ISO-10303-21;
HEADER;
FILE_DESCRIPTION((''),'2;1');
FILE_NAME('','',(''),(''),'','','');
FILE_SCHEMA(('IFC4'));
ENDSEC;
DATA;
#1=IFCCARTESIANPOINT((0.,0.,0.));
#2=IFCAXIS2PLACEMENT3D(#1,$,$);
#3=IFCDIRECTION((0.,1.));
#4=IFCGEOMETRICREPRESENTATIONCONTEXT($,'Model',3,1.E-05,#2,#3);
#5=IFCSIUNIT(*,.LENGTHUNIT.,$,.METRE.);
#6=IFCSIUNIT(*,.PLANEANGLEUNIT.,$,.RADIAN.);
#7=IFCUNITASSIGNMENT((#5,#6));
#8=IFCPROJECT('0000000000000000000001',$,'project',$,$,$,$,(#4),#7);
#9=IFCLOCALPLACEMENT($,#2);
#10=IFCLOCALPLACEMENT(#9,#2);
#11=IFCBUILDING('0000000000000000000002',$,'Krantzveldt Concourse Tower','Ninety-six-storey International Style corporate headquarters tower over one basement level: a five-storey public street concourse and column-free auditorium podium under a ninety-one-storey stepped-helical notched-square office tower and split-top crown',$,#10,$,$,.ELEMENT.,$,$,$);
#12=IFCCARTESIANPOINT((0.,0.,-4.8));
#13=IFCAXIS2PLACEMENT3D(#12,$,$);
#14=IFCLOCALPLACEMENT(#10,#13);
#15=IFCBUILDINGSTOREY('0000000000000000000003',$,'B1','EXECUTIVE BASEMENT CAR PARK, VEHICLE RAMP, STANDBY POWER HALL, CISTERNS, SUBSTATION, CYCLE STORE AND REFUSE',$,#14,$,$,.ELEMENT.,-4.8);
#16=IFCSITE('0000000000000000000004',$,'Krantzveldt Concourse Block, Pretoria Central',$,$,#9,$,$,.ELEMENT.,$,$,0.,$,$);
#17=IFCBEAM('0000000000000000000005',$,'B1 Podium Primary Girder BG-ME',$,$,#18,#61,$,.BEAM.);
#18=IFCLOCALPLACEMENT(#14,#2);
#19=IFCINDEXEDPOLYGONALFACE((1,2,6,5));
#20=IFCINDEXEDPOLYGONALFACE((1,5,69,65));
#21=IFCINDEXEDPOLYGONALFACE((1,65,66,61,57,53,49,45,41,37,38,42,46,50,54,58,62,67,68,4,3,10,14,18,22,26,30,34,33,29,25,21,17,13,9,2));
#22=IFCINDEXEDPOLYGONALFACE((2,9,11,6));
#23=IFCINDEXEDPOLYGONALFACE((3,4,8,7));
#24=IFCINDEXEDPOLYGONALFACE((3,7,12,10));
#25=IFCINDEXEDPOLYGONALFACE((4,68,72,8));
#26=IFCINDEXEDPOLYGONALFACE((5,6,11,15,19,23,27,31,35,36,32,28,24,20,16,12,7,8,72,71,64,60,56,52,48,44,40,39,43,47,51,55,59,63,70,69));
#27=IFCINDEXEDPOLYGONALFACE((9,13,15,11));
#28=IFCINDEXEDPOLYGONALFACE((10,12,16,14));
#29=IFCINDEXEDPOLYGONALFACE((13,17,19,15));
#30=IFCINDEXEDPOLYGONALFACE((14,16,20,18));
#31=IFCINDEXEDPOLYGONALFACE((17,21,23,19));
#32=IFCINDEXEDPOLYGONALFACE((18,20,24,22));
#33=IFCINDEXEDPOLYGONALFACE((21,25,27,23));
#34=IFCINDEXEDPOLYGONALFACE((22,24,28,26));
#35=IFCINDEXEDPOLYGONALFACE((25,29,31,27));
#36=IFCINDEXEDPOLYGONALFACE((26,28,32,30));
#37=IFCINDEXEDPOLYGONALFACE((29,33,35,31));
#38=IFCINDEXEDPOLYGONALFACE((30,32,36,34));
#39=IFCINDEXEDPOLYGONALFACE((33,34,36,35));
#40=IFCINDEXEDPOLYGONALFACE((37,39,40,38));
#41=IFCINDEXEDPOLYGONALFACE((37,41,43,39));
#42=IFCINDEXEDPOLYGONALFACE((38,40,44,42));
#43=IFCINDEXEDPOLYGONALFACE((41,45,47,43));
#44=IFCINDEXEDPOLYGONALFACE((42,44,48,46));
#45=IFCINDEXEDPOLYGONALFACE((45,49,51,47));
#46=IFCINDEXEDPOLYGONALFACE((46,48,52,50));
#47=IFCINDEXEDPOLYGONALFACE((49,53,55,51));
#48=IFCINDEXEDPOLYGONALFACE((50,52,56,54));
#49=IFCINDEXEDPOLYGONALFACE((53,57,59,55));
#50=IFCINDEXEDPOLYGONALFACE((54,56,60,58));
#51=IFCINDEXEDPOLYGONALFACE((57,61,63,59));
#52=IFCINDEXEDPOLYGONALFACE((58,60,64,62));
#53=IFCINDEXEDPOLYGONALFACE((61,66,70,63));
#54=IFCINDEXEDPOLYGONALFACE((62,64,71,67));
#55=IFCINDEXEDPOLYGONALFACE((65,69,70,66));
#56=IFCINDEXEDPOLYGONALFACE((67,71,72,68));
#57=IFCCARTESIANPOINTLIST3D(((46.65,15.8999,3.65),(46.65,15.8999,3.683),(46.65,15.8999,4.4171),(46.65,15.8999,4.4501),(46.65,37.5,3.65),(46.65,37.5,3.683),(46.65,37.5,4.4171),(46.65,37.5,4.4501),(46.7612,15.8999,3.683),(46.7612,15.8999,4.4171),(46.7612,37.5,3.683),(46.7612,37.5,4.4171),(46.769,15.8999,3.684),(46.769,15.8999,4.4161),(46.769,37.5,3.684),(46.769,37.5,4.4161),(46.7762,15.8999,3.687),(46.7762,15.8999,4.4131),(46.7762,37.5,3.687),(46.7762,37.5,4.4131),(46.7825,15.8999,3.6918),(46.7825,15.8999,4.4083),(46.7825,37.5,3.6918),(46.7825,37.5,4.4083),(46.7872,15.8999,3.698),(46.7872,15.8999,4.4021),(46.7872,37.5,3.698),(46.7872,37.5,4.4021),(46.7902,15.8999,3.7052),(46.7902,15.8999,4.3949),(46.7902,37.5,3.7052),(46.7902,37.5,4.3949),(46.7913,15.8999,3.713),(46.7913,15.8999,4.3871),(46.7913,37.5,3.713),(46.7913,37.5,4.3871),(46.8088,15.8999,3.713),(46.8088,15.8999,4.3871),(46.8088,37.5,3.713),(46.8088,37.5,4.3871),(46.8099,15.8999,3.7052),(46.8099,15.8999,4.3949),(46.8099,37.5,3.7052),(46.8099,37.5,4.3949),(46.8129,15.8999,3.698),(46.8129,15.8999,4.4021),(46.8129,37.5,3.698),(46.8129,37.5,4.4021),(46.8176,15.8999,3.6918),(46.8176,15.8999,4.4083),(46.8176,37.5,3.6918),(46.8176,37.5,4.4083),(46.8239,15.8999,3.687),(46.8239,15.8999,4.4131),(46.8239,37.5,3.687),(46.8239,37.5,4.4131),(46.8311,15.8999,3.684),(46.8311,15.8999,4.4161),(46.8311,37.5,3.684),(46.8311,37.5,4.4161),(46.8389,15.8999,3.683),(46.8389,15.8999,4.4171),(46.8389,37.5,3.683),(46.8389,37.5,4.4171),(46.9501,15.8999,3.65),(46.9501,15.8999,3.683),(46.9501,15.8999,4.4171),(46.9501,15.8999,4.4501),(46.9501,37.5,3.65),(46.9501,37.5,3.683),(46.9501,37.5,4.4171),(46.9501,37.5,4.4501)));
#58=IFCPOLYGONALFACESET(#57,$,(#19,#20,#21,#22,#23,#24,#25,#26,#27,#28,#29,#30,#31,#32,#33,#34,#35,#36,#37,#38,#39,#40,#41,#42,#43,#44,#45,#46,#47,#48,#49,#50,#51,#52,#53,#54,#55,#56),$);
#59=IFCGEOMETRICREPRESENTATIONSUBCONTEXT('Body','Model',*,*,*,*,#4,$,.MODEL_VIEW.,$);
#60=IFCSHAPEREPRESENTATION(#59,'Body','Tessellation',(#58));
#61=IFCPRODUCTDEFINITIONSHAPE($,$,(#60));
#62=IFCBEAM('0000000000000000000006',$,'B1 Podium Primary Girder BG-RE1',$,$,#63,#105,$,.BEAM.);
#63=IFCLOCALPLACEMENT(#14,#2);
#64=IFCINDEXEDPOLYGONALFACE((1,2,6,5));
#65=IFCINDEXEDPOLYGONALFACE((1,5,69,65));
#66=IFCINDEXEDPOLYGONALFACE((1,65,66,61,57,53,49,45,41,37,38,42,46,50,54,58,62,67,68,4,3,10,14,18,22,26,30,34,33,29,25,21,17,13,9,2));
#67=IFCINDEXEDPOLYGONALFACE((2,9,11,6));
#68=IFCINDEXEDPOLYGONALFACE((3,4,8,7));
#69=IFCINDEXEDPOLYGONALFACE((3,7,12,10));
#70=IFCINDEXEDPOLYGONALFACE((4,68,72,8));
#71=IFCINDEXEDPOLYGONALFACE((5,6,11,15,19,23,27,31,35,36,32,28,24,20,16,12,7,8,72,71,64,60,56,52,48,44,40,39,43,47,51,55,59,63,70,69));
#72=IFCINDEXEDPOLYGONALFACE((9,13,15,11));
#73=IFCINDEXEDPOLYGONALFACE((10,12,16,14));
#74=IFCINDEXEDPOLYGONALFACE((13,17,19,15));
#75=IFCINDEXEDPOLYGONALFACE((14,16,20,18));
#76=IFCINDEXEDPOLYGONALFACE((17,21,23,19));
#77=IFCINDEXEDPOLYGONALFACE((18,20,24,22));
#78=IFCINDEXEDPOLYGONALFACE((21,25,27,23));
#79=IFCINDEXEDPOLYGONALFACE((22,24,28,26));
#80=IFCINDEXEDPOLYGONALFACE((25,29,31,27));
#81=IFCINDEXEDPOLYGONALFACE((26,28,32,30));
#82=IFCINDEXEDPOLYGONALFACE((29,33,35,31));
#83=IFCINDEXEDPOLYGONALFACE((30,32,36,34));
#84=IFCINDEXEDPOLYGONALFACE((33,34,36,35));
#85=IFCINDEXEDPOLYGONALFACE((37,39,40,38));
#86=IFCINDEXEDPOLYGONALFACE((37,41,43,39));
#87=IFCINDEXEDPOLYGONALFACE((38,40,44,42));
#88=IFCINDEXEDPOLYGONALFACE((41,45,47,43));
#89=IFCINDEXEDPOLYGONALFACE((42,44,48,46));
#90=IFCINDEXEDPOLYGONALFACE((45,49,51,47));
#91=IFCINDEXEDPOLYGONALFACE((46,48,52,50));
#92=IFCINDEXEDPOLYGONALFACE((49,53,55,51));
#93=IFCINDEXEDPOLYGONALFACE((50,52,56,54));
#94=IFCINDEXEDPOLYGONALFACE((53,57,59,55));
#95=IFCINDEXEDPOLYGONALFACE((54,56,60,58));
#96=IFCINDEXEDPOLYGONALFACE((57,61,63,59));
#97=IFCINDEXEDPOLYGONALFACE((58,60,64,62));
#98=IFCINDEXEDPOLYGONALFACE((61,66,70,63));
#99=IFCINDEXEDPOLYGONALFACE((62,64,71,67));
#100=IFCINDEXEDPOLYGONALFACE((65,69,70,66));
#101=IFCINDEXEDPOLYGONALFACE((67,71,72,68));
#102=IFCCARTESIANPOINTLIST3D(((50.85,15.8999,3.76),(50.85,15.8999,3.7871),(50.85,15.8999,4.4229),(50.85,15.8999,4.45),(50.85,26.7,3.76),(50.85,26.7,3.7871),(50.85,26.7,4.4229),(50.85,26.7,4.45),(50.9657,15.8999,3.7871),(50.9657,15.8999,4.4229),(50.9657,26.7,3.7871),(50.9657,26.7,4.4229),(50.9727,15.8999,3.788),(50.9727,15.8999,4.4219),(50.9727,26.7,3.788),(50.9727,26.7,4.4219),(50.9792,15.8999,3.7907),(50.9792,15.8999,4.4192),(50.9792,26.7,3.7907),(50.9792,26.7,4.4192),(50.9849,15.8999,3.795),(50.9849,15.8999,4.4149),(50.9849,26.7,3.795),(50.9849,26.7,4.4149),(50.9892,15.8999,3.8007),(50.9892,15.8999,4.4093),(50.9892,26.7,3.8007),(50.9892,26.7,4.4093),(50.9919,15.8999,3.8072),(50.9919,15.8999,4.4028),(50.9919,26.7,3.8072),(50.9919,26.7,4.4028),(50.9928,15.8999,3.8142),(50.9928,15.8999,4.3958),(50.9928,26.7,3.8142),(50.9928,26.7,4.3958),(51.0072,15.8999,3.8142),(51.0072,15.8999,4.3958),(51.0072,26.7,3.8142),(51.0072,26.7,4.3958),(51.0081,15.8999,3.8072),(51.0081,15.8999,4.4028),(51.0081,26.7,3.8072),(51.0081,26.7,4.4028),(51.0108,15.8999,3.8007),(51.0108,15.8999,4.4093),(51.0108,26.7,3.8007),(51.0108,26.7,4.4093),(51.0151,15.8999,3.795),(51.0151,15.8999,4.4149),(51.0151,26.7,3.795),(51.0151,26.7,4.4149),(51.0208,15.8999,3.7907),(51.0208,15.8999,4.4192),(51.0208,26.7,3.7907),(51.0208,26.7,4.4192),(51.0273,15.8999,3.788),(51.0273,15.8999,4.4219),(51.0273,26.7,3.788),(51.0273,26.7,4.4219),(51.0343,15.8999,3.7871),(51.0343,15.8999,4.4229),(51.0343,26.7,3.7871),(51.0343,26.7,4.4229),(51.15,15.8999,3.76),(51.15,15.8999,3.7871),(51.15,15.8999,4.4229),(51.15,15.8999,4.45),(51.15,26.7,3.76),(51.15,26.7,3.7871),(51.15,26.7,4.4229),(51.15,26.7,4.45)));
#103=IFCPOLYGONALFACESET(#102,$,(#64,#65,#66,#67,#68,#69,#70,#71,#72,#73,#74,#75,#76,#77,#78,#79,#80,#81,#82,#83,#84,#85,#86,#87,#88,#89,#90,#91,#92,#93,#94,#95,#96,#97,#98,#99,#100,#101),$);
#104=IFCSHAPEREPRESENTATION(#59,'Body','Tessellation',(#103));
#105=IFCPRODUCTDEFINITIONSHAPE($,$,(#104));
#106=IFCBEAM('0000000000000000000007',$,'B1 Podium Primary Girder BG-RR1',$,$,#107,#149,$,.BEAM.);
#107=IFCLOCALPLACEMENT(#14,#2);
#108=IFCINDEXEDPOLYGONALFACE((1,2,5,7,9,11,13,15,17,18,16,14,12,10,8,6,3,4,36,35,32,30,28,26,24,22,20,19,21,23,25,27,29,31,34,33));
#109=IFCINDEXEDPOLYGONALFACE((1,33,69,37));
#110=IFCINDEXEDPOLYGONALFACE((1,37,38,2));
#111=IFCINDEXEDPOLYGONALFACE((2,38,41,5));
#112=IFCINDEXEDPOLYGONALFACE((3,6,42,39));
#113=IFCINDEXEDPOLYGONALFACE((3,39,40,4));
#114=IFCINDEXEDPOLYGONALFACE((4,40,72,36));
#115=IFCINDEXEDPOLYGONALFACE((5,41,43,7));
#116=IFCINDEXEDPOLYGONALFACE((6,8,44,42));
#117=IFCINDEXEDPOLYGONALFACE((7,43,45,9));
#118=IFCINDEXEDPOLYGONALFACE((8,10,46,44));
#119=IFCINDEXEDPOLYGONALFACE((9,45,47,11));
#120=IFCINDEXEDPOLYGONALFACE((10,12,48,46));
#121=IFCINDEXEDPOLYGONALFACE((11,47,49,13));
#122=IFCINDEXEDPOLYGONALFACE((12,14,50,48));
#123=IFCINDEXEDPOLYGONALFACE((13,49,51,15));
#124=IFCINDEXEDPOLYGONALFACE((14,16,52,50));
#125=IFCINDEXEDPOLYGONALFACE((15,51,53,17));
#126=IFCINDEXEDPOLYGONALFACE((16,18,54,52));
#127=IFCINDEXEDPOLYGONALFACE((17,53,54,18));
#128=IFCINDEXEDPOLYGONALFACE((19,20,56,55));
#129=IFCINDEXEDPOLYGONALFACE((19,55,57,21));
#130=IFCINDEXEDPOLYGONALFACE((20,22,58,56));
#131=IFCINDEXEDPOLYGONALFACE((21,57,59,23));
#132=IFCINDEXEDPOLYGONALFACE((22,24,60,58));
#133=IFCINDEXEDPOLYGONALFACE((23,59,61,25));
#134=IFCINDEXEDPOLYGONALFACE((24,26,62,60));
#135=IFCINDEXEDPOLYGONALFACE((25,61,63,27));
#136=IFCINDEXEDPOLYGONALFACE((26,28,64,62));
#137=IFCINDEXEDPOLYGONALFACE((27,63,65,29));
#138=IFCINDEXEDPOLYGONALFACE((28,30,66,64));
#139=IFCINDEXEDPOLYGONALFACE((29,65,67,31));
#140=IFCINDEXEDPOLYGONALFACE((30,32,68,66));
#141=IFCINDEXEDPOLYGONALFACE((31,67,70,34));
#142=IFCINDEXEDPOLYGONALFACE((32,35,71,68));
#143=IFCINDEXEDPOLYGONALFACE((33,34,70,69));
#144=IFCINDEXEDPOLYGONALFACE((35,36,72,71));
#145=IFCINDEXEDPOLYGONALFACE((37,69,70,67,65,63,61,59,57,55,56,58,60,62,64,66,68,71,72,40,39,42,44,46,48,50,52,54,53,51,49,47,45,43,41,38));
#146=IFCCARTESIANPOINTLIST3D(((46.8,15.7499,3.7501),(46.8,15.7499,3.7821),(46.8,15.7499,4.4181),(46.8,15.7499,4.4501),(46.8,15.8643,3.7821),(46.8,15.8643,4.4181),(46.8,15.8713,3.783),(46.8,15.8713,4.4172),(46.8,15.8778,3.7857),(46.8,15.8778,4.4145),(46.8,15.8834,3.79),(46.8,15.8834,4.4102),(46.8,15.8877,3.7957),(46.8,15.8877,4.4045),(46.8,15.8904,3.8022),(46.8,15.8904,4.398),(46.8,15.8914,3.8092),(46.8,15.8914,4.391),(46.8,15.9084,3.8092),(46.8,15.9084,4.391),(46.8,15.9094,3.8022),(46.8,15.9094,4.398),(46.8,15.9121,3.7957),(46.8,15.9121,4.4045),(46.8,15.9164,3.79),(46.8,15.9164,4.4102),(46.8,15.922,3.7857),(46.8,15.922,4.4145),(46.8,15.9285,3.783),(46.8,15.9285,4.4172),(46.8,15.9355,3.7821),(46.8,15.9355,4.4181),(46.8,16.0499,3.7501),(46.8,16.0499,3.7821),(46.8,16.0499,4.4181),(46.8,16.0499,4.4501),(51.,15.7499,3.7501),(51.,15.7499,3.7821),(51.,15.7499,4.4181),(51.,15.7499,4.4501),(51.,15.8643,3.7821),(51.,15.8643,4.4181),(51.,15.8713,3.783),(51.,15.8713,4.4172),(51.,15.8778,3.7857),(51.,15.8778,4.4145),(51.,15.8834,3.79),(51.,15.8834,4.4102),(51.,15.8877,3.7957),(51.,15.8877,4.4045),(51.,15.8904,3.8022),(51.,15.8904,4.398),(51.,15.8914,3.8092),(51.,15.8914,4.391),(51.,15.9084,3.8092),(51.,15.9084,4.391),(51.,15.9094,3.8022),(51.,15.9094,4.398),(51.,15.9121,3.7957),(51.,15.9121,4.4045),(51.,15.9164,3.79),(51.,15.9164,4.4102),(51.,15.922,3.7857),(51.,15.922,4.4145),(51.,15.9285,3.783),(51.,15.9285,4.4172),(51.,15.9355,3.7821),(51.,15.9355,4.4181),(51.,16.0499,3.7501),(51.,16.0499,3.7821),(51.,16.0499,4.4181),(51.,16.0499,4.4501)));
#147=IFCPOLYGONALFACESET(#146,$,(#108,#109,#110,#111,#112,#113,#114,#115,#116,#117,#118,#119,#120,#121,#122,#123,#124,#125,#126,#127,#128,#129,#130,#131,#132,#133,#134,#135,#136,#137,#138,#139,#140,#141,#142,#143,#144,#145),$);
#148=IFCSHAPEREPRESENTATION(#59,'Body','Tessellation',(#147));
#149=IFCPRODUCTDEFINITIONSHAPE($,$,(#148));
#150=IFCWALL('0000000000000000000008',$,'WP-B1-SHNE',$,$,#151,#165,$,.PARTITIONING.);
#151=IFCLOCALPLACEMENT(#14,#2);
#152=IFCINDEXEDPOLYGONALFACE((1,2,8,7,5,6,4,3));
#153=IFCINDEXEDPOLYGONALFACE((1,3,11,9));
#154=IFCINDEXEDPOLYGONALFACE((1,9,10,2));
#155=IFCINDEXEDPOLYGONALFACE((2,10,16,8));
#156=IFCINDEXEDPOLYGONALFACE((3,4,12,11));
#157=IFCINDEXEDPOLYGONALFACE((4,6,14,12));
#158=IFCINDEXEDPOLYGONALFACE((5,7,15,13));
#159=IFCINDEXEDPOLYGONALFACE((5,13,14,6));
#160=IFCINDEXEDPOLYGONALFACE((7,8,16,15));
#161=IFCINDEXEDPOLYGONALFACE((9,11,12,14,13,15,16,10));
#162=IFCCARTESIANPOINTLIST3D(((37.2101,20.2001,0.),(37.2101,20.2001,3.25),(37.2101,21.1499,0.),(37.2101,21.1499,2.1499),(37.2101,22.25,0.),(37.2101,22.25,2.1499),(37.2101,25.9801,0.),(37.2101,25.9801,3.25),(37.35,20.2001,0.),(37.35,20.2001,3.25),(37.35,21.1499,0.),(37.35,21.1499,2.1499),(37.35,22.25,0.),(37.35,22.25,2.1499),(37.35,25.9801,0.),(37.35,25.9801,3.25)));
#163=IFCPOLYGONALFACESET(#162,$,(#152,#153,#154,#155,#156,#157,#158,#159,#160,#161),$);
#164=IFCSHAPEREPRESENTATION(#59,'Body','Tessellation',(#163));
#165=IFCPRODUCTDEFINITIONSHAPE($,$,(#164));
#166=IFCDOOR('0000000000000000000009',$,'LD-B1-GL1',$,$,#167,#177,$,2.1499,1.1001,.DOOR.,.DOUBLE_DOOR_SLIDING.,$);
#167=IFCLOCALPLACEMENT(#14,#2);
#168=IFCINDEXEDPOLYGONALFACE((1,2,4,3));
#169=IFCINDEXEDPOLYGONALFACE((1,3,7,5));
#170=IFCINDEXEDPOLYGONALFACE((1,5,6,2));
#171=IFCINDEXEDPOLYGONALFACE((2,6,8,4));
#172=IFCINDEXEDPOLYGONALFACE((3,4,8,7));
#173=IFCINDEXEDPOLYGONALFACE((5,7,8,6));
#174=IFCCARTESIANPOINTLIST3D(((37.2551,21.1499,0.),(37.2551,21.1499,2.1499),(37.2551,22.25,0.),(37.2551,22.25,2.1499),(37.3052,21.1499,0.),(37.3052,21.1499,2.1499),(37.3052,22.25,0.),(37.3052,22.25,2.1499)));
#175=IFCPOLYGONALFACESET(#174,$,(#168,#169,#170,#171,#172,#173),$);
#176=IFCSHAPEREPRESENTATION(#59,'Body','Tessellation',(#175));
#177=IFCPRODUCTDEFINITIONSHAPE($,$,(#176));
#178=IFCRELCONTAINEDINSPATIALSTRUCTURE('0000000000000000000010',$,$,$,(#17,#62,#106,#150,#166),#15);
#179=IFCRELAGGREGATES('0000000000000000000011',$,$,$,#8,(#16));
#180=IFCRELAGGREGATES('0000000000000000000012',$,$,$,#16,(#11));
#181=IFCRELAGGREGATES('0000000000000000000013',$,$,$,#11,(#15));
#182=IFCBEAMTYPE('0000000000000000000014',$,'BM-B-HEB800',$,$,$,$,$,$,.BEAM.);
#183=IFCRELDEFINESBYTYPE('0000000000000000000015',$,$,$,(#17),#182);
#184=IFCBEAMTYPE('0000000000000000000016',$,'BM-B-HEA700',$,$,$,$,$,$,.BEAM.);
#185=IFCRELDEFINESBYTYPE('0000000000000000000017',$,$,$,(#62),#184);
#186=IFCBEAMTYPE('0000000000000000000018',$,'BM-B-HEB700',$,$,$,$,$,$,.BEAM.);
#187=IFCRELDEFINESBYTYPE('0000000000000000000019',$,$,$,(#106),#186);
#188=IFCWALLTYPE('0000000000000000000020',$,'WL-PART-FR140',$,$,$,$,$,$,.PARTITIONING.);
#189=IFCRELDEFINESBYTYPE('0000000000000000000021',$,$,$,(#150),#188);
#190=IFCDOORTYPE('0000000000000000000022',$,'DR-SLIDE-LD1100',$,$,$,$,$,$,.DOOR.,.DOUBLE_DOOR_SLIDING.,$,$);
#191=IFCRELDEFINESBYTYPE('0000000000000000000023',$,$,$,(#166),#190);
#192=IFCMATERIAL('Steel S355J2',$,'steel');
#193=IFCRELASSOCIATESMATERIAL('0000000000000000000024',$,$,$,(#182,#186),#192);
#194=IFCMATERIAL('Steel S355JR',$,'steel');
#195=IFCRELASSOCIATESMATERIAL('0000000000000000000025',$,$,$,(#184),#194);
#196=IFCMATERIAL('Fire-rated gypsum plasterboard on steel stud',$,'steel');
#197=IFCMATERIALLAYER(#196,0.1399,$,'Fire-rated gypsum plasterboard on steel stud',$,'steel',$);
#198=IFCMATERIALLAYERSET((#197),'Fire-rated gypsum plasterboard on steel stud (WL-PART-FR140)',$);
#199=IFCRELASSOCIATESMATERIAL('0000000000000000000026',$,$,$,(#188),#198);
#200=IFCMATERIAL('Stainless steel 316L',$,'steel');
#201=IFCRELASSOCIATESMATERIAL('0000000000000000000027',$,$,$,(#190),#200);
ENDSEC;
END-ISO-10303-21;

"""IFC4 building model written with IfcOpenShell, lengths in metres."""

from ifc_helpers import new_model, si_unit, direction, frame, frame_2d, origin, origin_2d, place, context, subcontext, project, spatial, rectangle, i_section, extrude, source, transform, mapped, material, layer, layer_set, material_profile, profile_set, type_object, type_shapes, element, fill, save


model = new_model("IFC4")

# Units and contexts
model_context = context("Model", 3, precision=1e-05, world=origin(), true_north=direction((0.0, 1.0)))
body_context = subcontext(model_context, "Body", "Model", "MODEL_VIEW")
ifc_project = project(units=[si_unit("LENGTHUNIT", "METRE"), si_unit("PLANEANGLEUNIT", "RADIAN")], contexts=[model_context])

# Site, building, storey
site_placement = place(None, origin())
site = spatial("IfcSite", under=ifc_project, at=site_placement, Name="Krantzveldt Concourse Block, Pretoria Central", CompositionType="ELEMENT", RefElevation=0.0)
building_placement = place(site_placement, origin())
building = spatial("IfcBuilding", under=site, at=building_placement, Name="Krantzveldt Concourse Tower", Description="Ninety-six-storey International Style corporate headquarters tower over one basement level: a five-storey public street concourse and column-free auditorium podium under a ninety-one-storey stepped-helical notched-square office tower and split-top crown", CompositionType="ELEMENT")
storey_placement = place(building_placement, frame((0.0, 0.0, -4.8)))
storey = spatial("IfcBuildingStorey", under=building, at=storey_placement, Name="B1", Description="EXECUTIVE BASEMENT CAR PARK, VEHICLE RAMP, STANDBY POWER HALL, CISTERNS, SUBSTATION, CYCLE STORE AND REFUSE", CompositionType="ELEMENT", Elevation=-4.8)

# Beams
ifc_material_1 = material(Name="Steel S355J2", Category="steel")
ifc_material_profile_1 = material_profile(ifc_material_1, i_section(OverallWidth=0.3, OverallDepth=0.8, WebThickness=0.0176, FlangeThickness=0.033, FilletRadius=0.03, at=origin_2d()), Name="Steel S355J2", Category="steel")
ifc_profile_set_1 = profile_set([ifc_material_profile_1], Name="Steel S355J2 - HEB 800")
beam_type_1 = type_object("IfcBeamType", Name="BM-B-HEB800", PredefinedType="BEAM", material=ifc_profile_set_1)
shared_shape_1 = source(origin(), body_context, "Body", "SweptSolid", [
    extrude(i_section(OverallWidth=0.3, OverallDepth=0.8, WebThickness=0.0176, FlangeThickness=0.033, FilletRadius=0.03, at=origin_2d()), origin(), (0.0, 0.0, 1.0), 21.6001),
])
type_shapes(beam_type_1, [shared_shape_1])
beam_1_placement = place(storey_placement, frame((46.8, 15.8999, 4.05), z_axis=(0.0, 1.0, 0.0), x_axis=(-1.0, 0.0, 0.0)))
element("IfcBeam", 1, at=beam_1_placement, inside=storey, type_object=beam_type_1, Name="B1 Podium Primary Girder BG-ME", PredefinedType="BEAM", context=body_context, shape_type="MappedRepresentation", body=[
    mapped(shared_shape_1, transform((0.0, 0.0, 0.0), x_axis=(1.0, 0.0, 0.0), y_axis=(0.0, 1.0, 0.0), z_axis=(0.0, 0.0, 1.0), scale=1.0)),
])
ifc_material_2 = material(Name="Steel S355JR", Category="steel")
ifc_material_profile_2 = material_profile(ifc_material_2, i_section(OverallWidth=0.3, OverallDepth=0.6899, WebThickness=0.0144, FlangeThickness=0.0271, FilletRadius=0.0271, at=origin_2d()), Name="Steel S355JR", Category="steel")
ifc_profile_set_2 = profile_set([ifc_material_profile_2], Name="Steel S355JR - HEA 700")
beam_type_2 = type_object("IfcBeamType", Name="BM-B-HEA700", PredefinedType="BEAM", material=ifc_profile_set_2)
shared_shape_2 = source(origin(), body_context, "Body", "SweptSolid", [
    extrude(i_section(OverallWidth=0.3, OverallDepth=0.6899, WebThickness=0.0144, FlangeThickness=0.0271, FilletRadius=0.0271, at=origin_2d()), origin(), (0.0, 0.0, 1.0), 10.8),
])
type_shapes(beam_type_2, [shared_shape_2])
beam_2_placement = place(storey_placement, frame((51.0, 15.8999, 4.105), z_axis=(0.0, 1.0, 0.0), x_axis=(-1.0, 0.0, 0.0)))
element("IfcBeam", 2, at=beam_2_placement, inside=storey, type_object=beam_type_2, Name="B1 Podium Primary Girder BG-RE1", PredefinedType="BEAM", context=body_context, shape_type="MappedRepresentation", body=[
    mapped(shared_shape_2, transform((0.0, 0.0, 0.0), x_axis=(1.0, 0.0, 0.0), y_axis=(0.0, 1.0, 0.0), z_axis=(0.0, 0.0, 1.0), scale=1.0)),
])
ifc_material_profile_3 = material_profile(ifc_material_1, i_section(OverallWidth=0.3, OverallDepth=0.7, WebThickness=0.0171, FlangeThickness=0.032, FilletRadius=0.0271, at=origin_2d()), Name="Steel S355J2", Category="steel")
ifc_profile_set_3 = profile_set([ifc_material_profile_3], Name="Steel S355J2 - HEB 700")
beam_type_3 = type_object("IfcBeamType", Name="BM-B-HEB700", PredefinedType="BEAM", material=ifc_profile_set_3)
shared_shape_3 = source(origin(), body_context, "Body", "SweptSolid", [
    extrude(i_section(OverallWidth=0.3, OverallDepth=0.7, WebThickness=0.0171, FlangeThickness=0.032, FilletRadius=0.0271, at=origin_2d()), origin(), (0.0, 0.0, 1.0), 4.2),
])
type_shapes(beam_type_3, [shared_shape_3])
beam_3_placement = place(storey_placement, frame((46.8, 15.8999, 4.1001), z_axis=(1.0, 0.0, 0.0), x_axis=(0.0, 1.0, 0.0)))
element("IfcBeam", 3, at=beam_3_placement, inside=storey, type_object=beam_type_3, Name="B1 Podium Primary Girder BG-RR1", PredefinedType="BEAM", context=body_context, shape_type="MappedRepresentation", body=[
    mapped(shared_shape_3, transform((0.0, 0.0, 0.0), x_axis=(1.0, 0.0, 0.0), y_axis=(0.0, 1.0, 0.0), z_axis=(0.0, 0.0, 1.0), scale=1.0)),
])

# Wall, opening, door
ifc_material_3 = material(Name="Fire-rated gypsum plasterboard on steel stud", Category="steel")
ifc_layer_1 = layer(ifc_material_3, 0.1399, Name="Fire-rated gypsum plasterboard on steel stud", Category="steel")
ifc_layer_set_1 = layer_set([ifc_layer_1], Name="Fire-rated gypsum plasterboard on steel stud (WL-PART-FR140)")
wall_type_1 = type_object("IfcWallType", Name="WL-PART-FR140", PredefinedType="PARTITIONING", material=ifc_layer_set_1)
wall_1_placement = place(storey_placement, frame((37.28, 20.2, 0.0), z_axis=(0.0, 0.0, 1.0), x_axis=(0.0, 1.0, 0.0)))
wall_1 = element("IfcWall", 4, at=wall_1_placement, inside=storey, type_object=wall_type_1, Name="WP-B1-SHNE", PredefinedType="PARTITIONING", context=body_context, shape_type="SweptSolid", body=[
    extrude(rectangle(XDim=5.78, YDim=0.1399, at=frame_2d((2.8901, 0.0))), origin(), (0.0, 0.0, 1.0), 3.25),
])
opening_1_placement = place(wall_1_placement, frame((0.95, 0.0, 0.0)))
opening_1 = element("IfcOpeningElement", 5, at=opening_1_placement, cuts=wall_1, PredefinedType="OPENING", context=body_context, shape_type="SweptSolid", body=[
    extrude(rectangle(XDim=1.1001, YDim=2.1499, at=frame_2d((0.55, 1.075))), frame((0.0, 0.0801, 0.0), z_axis=(0.0, -1.0, 0.0), x_axis=(1.0, 0.0, 0.0)), (0.0, 0.0, 1.0), 0.1599),
])
ifc_material_4 = material(Name="Stainless steel 316L", Category="steel")
door_type_1 = type_object("IfcDoorType", Name="DR-SLIDE-LD1100", OperationType="DOUBLE_DOOR_SLIDING", PredefinedType="DOOR", material=ifc_material_4)
door_1_placement = place(opening_1_placement, origin())
door_1 = element("IfcDoor", 6, at=door_1_placement, inside=storey, type_object=door_type_1, Name="LD-B1-GL1", OperationType="DOUBLE_DOOR_SLIDING", OverallHeight=2.1499, OverallWidth=1.1001, PredefinedType="DOOR", context=body_context, shape_type="SweptSolid", body=[
    extrude(rectangle(XDim=1.1001, YDim=2.1499, at=frame_2d((0.55, 1.075))), frame((0.0, 0.0249, 0.0), z_axis=(0.0, -1.0, 0.0), x_axis=(1.0, 0.0, 0.0)), (0.0, 0.0, 1.0), 0.05),
])
fill(opening_1, door_1)

save(model, "model.ifc")
